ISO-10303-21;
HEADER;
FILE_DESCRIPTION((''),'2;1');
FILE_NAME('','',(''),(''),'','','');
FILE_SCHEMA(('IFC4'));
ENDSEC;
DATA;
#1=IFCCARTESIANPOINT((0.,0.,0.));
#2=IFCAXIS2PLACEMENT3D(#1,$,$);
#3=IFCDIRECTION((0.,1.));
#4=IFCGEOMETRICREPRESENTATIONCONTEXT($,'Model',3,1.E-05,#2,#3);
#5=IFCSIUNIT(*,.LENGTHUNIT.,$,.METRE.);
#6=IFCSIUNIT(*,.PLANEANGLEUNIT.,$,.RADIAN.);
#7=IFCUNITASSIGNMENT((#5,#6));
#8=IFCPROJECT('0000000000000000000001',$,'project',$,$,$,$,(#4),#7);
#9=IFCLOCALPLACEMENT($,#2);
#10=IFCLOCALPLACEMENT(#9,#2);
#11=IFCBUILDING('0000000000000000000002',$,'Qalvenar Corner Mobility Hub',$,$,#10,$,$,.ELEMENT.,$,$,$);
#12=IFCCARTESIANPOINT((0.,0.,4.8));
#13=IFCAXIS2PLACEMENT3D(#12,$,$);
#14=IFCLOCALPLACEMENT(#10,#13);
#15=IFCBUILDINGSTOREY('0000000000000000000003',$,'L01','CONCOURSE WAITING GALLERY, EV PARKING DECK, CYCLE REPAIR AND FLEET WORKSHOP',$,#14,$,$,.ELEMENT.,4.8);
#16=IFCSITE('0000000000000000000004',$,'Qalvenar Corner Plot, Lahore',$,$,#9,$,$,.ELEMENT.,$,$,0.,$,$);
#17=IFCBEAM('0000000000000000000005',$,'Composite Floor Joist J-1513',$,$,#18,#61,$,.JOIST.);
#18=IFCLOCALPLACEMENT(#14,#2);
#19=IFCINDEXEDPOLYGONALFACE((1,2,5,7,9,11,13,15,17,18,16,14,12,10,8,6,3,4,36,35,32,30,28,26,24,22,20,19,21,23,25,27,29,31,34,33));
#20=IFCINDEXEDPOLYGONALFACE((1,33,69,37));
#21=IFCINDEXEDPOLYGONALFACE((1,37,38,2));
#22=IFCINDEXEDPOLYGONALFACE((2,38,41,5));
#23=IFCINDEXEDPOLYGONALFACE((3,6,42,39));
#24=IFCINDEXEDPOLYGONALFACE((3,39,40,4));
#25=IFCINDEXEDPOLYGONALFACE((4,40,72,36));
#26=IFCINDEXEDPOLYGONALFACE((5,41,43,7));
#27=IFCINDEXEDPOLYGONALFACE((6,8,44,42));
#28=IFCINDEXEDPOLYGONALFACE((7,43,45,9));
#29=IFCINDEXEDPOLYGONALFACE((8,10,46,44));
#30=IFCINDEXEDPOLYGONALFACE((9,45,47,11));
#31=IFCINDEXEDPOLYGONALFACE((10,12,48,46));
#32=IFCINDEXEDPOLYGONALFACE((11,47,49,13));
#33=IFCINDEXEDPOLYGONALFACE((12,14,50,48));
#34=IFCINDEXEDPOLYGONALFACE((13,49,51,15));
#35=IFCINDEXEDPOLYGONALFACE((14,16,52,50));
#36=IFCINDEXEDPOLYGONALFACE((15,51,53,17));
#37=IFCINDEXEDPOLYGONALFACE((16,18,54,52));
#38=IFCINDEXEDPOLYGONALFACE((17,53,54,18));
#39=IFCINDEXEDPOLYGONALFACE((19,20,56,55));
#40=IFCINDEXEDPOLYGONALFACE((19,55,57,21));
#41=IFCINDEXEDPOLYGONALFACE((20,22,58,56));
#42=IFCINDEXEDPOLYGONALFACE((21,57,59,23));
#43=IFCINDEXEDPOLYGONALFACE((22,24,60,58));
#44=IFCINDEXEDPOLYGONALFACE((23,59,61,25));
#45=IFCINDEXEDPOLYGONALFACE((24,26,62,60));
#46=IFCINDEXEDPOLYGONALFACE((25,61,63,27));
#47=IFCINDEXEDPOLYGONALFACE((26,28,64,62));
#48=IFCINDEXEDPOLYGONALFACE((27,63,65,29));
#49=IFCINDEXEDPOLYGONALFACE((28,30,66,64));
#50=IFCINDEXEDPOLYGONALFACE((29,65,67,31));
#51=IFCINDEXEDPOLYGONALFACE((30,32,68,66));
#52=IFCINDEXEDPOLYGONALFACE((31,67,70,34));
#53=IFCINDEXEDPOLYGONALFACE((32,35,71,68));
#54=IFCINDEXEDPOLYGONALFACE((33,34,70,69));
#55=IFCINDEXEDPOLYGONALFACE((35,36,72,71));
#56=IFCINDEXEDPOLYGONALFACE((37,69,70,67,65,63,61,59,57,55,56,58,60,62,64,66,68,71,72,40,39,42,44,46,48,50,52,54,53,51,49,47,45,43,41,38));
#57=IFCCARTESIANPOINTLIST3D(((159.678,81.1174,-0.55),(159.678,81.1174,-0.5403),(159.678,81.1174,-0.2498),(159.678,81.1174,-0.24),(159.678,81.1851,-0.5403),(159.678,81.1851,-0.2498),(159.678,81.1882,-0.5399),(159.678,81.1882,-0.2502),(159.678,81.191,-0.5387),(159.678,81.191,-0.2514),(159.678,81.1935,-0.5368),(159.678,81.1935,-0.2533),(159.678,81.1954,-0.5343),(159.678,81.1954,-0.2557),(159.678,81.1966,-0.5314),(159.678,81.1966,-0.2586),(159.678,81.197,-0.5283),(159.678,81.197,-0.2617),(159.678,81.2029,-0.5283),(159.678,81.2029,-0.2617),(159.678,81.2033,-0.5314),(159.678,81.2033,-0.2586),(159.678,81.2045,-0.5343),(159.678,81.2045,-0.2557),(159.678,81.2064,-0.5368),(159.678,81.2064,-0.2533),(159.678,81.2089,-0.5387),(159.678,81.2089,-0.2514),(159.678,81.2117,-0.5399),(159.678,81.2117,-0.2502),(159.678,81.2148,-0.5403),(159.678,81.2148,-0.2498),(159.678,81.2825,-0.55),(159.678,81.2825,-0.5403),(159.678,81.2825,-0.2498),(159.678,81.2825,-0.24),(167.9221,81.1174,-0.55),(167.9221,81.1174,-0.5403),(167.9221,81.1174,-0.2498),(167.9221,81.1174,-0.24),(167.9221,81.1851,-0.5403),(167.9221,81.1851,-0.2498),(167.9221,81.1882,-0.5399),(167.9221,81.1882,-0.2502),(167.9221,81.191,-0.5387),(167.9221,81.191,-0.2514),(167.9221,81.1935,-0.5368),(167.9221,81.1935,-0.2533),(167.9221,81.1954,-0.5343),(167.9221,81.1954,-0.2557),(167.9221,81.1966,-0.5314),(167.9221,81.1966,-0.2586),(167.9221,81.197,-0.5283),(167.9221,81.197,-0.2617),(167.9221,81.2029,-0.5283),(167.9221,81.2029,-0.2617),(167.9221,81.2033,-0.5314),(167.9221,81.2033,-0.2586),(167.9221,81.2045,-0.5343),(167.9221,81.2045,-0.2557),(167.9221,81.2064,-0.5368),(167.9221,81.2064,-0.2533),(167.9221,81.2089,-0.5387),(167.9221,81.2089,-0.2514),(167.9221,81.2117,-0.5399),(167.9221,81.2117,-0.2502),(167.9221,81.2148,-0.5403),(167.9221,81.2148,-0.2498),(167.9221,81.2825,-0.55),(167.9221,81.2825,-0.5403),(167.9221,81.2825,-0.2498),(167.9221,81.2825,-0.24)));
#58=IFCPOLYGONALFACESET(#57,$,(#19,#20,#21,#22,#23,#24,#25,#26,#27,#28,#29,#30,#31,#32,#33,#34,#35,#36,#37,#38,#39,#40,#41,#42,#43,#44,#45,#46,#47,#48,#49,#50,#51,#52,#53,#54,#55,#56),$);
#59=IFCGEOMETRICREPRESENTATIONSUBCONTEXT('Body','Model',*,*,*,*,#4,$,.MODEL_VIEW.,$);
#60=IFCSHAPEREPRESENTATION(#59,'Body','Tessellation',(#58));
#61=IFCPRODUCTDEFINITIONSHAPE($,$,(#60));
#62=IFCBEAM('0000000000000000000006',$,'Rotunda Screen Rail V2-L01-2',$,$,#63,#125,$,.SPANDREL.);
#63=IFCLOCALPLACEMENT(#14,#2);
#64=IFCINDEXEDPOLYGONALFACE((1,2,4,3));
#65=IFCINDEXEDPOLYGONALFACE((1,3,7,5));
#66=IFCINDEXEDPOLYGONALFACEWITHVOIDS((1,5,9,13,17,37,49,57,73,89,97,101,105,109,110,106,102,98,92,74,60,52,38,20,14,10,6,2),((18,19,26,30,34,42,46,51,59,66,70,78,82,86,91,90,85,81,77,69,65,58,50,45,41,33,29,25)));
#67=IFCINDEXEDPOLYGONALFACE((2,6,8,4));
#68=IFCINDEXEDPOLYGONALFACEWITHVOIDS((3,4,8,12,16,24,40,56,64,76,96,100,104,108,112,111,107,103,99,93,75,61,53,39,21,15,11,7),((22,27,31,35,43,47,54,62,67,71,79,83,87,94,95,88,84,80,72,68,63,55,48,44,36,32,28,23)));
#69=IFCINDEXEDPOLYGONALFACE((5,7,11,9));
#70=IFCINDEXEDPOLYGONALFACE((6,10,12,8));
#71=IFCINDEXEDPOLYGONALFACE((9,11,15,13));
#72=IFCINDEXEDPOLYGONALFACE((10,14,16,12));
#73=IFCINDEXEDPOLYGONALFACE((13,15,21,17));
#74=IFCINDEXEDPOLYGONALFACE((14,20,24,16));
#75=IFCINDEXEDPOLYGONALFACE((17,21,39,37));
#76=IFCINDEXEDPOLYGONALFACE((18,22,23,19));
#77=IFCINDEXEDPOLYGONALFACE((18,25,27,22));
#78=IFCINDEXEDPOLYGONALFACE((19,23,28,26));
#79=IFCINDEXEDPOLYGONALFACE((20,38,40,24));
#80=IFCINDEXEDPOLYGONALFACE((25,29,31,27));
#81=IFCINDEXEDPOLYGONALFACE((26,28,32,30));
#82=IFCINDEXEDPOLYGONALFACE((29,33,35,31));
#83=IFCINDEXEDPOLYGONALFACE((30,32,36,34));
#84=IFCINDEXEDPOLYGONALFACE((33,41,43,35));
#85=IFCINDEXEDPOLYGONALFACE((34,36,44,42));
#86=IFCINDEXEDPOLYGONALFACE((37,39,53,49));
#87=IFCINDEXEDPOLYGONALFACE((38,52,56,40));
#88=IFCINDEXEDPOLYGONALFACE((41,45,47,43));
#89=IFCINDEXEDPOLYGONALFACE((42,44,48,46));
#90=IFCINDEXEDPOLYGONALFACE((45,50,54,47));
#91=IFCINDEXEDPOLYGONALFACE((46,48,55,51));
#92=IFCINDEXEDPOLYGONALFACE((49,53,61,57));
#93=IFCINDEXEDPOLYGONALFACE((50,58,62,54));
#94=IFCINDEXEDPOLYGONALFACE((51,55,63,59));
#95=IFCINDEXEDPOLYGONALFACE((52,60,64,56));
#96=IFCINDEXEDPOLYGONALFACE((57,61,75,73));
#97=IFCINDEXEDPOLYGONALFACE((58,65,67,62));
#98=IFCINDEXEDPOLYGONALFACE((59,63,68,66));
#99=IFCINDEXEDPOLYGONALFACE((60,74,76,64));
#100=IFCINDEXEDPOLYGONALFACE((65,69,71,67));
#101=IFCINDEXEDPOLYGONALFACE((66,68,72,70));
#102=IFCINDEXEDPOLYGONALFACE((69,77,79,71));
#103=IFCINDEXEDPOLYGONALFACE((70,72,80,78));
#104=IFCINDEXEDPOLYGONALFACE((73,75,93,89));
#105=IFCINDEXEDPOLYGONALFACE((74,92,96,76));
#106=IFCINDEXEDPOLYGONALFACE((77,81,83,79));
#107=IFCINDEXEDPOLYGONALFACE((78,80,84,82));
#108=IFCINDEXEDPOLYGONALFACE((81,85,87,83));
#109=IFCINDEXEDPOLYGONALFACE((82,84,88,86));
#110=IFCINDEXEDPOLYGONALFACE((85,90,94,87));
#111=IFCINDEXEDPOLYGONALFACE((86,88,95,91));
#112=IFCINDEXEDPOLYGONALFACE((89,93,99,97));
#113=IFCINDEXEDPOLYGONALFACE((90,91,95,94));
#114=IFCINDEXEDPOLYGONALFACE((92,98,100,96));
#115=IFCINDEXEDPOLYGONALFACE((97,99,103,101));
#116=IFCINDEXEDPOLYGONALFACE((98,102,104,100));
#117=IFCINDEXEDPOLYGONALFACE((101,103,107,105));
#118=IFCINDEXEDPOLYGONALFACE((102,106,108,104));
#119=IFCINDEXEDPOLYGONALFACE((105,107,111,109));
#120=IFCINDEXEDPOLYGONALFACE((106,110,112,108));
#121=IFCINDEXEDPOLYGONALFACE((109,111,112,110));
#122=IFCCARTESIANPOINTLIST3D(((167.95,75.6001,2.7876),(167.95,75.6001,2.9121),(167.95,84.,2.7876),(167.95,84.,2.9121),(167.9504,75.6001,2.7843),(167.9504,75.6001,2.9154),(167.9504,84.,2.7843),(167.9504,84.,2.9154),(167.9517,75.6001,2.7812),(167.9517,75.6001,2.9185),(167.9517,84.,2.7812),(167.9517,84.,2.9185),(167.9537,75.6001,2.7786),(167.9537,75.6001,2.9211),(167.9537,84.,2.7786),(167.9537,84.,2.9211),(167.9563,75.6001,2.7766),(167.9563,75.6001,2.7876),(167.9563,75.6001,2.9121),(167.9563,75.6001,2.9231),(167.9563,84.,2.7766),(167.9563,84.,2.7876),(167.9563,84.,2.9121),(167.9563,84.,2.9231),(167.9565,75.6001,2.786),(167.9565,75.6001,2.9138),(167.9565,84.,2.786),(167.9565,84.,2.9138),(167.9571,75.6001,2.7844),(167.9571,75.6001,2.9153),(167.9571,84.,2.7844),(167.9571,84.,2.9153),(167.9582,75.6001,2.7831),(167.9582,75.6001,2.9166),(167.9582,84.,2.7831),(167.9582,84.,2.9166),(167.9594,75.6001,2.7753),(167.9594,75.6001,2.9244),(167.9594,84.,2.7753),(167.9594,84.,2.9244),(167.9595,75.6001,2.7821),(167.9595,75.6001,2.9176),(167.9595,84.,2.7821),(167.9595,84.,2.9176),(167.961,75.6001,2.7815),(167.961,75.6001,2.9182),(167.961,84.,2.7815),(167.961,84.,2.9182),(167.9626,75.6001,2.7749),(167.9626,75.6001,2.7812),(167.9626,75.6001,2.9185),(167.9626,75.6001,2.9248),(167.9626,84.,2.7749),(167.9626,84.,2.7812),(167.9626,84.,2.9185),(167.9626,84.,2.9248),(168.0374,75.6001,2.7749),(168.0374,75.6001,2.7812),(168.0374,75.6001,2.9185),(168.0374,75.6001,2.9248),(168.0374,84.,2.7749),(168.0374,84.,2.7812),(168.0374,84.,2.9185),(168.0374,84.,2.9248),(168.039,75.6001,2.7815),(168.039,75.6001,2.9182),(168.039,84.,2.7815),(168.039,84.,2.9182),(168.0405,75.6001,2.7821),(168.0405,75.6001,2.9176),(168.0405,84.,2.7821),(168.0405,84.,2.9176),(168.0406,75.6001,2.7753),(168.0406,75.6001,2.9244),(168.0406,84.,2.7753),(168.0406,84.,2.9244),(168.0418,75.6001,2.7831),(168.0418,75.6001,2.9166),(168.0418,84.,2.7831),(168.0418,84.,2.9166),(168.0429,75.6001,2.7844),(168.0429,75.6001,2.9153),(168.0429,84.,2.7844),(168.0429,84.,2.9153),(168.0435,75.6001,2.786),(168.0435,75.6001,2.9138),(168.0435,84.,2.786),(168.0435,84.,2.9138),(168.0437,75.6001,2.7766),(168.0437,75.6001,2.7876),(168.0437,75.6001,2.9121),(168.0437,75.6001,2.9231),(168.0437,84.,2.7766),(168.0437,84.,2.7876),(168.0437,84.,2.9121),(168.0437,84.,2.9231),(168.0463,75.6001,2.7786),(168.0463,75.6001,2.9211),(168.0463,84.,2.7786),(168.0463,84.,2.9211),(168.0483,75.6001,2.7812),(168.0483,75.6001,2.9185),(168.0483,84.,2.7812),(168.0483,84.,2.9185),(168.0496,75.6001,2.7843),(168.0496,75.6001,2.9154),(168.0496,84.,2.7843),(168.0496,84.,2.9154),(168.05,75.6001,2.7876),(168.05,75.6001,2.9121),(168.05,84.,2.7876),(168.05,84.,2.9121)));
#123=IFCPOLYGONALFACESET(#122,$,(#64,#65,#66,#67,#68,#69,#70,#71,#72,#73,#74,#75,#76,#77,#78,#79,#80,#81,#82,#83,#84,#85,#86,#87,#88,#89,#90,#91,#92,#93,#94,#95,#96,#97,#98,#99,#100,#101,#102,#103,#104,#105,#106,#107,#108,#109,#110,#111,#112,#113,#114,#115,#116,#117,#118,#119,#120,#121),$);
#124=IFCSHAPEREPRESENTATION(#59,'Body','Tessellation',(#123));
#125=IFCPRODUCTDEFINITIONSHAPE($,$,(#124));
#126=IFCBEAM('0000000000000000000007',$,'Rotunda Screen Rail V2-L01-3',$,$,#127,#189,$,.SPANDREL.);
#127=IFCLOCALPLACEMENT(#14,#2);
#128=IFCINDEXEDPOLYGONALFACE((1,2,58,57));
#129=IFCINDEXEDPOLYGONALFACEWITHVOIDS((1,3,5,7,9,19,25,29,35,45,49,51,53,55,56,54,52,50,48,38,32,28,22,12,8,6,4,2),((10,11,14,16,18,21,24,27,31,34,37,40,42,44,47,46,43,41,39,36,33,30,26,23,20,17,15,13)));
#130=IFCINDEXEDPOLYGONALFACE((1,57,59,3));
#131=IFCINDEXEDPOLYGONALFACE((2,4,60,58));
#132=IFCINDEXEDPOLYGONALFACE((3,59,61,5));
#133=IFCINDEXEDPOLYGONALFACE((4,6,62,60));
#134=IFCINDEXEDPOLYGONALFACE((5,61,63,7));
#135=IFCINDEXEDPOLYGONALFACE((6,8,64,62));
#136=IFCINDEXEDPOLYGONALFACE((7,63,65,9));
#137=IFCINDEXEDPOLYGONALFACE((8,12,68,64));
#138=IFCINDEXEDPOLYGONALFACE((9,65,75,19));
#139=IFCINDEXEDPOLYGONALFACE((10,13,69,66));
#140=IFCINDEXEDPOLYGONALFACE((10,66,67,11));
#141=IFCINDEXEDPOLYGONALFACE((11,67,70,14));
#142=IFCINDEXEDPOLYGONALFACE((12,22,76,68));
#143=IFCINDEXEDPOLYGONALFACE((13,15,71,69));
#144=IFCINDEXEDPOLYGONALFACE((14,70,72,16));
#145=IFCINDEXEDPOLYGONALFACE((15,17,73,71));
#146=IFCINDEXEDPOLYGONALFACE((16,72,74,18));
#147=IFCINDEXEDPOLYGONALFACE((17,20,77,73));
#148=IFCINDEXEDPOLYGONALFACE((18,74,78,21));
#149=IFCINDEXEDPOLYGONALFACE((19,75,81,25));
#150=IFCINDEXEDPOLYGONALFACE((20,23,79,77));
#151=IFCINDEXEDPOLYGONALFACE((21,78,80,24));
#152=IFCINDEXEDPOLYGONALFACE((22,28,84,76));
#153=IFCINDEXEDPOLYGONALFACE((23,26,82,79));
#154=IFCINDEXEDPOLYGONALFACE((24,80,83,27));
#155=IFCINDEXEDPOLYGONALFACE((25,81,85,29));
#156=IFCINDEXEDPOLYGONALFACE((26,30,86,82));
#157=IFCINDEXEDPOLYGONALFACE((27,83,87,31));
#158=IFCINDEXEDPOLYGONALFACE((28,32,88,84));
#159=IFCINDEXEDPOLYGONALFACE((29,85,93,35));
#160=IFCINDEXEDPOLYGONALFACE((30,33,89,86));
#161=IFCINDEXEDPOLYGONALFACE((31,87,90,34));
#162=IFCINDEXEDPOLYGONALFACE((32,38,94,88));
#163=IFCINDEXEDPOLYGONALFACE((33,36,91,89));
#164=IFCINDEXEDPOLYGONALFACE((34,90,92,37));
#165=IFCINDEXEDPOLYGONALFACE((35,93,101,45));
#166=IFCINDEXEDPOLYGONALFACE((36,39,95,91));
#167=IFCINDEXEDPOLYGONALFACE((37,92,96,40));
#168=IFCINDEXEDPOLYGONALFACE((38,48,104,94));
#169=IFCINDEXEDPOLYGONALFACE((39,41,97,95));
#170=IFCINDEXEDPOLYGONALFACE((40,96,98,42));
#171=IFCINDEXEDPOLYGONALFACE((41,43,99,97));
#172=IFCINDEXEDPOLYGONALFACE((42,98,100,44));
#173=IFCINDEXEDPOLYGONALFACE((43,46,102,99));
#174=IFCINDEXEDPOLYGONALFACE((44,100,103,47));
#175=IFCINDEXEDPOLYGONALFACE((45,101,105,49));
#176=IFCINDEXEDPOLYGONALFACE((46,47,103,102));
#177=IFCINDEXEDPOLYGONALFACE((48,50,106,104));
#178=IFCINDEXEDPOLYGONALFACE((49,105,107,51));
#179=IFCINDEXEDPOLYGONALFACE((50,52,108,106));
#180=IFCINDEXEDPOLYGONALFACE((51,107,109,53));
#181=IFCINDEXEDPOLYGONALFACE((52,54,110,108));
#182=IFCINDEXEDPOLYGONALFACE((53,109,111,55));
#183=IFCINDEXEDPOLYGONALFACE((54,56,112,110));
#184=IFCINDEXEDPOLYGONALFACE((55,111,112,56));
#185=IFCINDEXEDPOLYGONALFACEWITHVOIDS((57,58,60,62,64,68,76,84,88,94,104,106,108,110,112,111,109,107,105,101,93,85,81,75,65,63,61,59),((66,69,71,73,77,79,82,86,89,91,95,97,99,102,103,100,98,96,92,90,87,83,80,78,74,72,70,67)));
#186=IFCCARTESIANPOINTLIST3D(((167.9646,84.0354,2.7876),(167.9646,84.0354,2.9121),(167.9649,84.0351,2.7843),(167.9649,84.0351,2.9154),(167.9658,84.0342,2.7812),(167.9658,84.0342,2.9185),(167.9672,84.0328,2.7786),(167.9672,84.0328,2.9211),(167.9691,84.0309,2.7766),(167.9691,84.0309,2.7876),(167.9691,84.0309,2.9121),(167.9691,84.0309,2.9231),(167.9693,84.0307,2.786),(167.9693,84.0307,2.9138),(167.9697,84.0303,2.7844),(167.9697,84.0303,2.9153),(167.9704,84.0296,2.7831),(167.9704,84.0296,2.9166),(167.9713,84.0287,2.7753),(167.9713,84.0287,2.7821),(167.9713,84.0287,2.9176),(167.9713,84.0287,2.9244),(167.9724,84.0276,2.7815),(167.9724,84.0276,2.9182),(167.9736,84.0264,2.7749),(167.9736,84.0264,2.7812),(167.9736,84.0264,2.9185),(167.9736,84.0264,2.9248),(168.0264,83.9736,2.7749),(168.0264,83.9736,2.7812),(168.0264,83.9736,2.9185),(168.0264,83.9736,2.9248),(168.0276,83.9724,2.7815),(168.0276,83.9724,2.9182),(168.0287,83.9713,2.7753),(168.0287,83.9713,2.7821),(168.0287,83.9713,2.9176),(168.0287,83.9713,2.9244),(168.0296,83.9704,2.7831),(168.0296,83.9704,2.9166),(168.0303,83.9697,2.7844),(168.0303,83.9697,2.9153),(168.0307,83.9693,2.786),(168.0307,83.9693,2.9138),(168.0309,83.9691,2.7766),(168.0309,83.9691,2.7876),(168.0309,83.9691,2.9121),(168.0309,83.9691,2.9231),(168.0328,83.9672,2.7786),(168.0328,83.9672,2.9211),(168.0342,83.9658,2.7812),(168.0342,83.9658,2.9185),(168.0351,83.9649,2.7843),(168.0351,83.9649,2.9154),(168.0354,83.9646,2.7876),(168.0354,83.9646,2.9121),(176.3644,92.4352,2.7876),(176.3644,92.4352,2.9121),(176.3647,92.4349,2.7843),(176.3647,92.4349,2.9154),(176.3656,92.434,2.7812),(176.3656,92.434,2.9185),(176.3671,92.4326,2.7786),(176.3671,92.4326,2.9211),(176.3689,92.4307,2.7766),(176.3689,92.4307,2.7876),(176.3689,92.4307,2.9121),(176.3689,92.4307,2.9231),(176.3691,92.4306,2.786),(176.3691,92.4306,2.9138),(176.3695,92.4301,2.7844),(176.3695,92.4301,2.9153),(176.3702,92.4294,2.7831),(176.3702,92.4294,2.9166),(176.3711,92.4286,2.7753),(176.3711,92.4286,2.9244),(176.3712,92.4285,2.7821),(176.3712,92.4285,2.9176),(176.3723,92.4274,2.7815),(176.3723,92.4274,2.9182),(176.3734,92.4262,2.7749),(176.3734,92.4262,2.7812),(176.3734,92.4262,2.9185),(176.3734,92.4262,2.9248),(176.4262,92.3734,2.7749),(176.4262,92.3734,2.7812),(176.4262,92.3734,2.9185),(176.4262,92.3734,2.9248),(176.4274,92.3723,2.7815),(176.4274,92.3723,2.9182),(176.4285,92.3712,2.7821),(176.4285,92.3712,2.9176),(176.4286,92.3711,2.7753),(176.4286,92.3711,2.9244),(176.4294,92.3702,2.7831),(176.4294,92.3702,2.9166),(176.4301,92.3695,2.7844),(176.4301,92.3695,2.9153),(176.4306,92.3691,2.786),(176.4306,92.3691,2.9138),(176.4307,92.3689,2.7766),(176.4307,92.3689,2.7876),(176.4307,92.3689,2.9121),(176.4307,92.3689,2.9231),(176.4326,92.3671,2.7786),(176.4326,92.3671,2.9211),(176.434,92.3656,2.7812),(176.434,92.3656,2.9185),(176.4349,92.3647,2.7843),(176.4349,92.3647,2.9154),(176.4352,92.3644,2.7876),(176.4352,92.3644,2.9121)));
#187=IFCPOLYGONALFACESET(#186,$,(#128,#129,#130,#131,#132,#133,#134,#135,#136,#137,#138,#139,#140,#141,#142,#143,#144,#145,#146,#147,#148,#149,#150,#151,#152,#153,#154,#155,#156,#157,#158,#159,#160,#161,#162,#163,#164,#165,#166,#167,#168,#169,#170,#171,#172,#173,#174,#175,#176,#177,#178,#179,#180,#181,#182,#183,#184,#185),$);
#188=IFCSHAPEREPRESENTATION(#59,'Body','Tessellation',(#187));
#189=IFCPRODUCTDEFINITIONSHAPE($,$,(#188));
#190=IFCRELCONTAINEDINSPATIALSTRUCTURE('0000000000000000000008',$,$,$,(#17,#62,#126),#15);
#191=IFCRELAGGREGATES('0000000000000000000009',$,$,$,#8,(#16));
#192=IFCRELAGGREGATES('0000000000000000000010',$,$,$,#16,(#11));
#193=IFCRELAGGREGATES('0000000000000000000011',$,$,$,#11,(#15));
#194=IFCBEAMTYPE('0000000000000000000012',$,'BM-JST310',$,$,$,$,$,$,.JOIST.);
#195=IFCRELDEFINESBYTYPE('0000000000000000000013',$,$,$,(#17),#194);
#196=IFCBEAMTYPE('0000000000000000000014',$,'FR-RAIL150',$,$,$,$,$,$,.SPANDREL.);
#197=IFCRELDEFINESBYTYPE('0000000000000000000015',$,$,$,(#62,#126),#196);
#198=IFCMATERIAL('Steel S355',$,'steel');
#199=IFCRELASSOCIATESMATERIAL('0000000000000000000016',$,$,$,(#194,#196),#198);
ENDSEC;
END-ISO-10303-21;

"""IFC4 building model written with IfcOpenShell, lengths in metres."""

from ifc_helpers import new_model, si_unit, direction, frame, origin, origin_2d, place, context, subcontext, project, spatial, hollow_rectangle, i_section, extrude, material, material_profile, profile_set, type_object, element, save


model = new_model("IFC4")

# Units and contexts
model_context = context("Model", 3, precision=1e-05, world=origin(), true_north=direction((0.0, 1.0)))
body_context = subcontext(model_context, "Body", "Model", "MODEL_VIEW")
ifc_project = project(units=[si_unit("LENGTHUNIT", "METRE"), si_unit("PLANEANGLEUNIT", "RADIAN")], contexts=[model_context])

# Site, building, storey
site_placement = place(None, origin())
site = spatial("IfcSite", under=ifc_project, at=site_placement, Name="Qalvenar Corner Plot, Lahore", CompositionType="ELEMENT", RefElevation=0.0)
building_placement = place(site_placement, origin())
building = spatial("IfcBuilding", under=site, at=building_placement, Name="Qalvenar Corner Mobility Hub", CompositionType="ELEMENT")
storey_placement = place(building_placement, frame((0.0, 0.0, 4.8)))
storey = spatial("IfcBuildingStorey", under=building, at=storey_placement, Name="L01", Description="CONCOURSE WAITING GALLERY, EV PARKING DECK, CYCLE REPAIR AND FLEET WORKSHOP", CompositionType="ELEMENT", Elevation=4.8)

# Shared definitions
ifc_material_1 = material(Name="Steel S355", Category="steel")

# Beams
ifc_material_profile_1 = material_profile(ifc_material_1, i_section(OverallWidth=0.165, OverallDepth=0.3101, WebThickness=0.0059, FlangeThickness=0.0098, FilletRadius=0.012, at=origin_2d()), Name="W310x38.7")
ifc_profile_set_1 = profile_set([ifc_material_profile_1], Name="Steel S355")
beam_type_1 = type_object("IfcBeamType", Name="BM-JST310", PredefinedType="JOIST", material=ifc_profile_set_1)
for number, where, z_axis, x_axis, name in (
    (1, (159.678, 81.2, -0.395), (1.0, 0.0, 0.0), (0.0, 1.0, 0.0), "Composite Floor Joist J-1513"),
):
    element("IfcBeam", number, at=place(storey_placement, frame(where, z_axis=z_axis, x_axis=x_axis)), inside=storey, type_object=beam_type_1, Name=name, PredefinedType="JOIST", context=body_context, shape_type="SweptSolid", body=[
        extrude(i_section(OverallWidth=0.165, OverallDepth=0.3101, WebThickness=0.0059, FlangeThickness=0.0098, FilletRadius=0.012, at=origin_2d()), origin(), (0.0, 0.0, 1.0), 8.2441),
    ])
ifc_material_profile_2 = material_profile(ifc_material_1, hollow_rectangle(XDim=0.1001, YDim=0.1499, WallThickness=0.0063, InnerFilletRadius=0.0063, OuterFilletRadius=0.0127, at=origin_2d()), Name="RHS150x100x6.3")
ifc_profile_set_2 = profile_set([ifc_material_profile_2], Name="Steel S355")
beam_type_2 = type_object("IfcBeamType", Name="FR-RAIL150", PredefinedType="SPANDREL", material=ifc_profile_set_2)
beam_1_placement = place(storey_placement, frame((168.0, 75.6001, 2.8499), z_axis=(0.0, 1.0, 0.0), x_axis=(-1.0, 0.0, 0.0)))
element("IfcBeam", 2, at=beam_1_placement, inside=storey, type_object=beam_type_2, Name="Rotunda Screen Rail V2-L01-2", PredefinedType="SPANDREL", context=body_context, shape_type="SweptSolid", body=[
    extrude(hollow_rectangle(XDim=0.1001, YDim=0.1499, WallThickness=0.0063, InnerFilletRadius=0.0063, OuterFilletRadius=0.0127, at=origin_2d()), origin(), (0.0, 0.0, 1.0), 8.3999),
])
beam_2_placement = place(storey_placement, frame((168.0, 84.0, 2.8499), z_axis=(0.707107, 0.707107, 0.0), x_axis=(-0.707107, 0.707107, 0.0)))
element("IfcBeam", 3, at=beam_2_placement, inside=storey, type_object=beam_type_2, Name="Rotunda Screen Rail V2-L01-3", PredefinedType="SPANDREL", context=body_context, shape_type="SweptSolid", body=[
    extrude(hollow_rectangle(XDim=0.1001, YDim=0.1499, WallThickness=0.0063, InnerFilletRadius=0.0063, OuterFilletRadius=0.0127, at=origin_2d()), origin(), (0.0, 0.0, 1.0), 11.8792),
])

save(model, "model.ifc")
